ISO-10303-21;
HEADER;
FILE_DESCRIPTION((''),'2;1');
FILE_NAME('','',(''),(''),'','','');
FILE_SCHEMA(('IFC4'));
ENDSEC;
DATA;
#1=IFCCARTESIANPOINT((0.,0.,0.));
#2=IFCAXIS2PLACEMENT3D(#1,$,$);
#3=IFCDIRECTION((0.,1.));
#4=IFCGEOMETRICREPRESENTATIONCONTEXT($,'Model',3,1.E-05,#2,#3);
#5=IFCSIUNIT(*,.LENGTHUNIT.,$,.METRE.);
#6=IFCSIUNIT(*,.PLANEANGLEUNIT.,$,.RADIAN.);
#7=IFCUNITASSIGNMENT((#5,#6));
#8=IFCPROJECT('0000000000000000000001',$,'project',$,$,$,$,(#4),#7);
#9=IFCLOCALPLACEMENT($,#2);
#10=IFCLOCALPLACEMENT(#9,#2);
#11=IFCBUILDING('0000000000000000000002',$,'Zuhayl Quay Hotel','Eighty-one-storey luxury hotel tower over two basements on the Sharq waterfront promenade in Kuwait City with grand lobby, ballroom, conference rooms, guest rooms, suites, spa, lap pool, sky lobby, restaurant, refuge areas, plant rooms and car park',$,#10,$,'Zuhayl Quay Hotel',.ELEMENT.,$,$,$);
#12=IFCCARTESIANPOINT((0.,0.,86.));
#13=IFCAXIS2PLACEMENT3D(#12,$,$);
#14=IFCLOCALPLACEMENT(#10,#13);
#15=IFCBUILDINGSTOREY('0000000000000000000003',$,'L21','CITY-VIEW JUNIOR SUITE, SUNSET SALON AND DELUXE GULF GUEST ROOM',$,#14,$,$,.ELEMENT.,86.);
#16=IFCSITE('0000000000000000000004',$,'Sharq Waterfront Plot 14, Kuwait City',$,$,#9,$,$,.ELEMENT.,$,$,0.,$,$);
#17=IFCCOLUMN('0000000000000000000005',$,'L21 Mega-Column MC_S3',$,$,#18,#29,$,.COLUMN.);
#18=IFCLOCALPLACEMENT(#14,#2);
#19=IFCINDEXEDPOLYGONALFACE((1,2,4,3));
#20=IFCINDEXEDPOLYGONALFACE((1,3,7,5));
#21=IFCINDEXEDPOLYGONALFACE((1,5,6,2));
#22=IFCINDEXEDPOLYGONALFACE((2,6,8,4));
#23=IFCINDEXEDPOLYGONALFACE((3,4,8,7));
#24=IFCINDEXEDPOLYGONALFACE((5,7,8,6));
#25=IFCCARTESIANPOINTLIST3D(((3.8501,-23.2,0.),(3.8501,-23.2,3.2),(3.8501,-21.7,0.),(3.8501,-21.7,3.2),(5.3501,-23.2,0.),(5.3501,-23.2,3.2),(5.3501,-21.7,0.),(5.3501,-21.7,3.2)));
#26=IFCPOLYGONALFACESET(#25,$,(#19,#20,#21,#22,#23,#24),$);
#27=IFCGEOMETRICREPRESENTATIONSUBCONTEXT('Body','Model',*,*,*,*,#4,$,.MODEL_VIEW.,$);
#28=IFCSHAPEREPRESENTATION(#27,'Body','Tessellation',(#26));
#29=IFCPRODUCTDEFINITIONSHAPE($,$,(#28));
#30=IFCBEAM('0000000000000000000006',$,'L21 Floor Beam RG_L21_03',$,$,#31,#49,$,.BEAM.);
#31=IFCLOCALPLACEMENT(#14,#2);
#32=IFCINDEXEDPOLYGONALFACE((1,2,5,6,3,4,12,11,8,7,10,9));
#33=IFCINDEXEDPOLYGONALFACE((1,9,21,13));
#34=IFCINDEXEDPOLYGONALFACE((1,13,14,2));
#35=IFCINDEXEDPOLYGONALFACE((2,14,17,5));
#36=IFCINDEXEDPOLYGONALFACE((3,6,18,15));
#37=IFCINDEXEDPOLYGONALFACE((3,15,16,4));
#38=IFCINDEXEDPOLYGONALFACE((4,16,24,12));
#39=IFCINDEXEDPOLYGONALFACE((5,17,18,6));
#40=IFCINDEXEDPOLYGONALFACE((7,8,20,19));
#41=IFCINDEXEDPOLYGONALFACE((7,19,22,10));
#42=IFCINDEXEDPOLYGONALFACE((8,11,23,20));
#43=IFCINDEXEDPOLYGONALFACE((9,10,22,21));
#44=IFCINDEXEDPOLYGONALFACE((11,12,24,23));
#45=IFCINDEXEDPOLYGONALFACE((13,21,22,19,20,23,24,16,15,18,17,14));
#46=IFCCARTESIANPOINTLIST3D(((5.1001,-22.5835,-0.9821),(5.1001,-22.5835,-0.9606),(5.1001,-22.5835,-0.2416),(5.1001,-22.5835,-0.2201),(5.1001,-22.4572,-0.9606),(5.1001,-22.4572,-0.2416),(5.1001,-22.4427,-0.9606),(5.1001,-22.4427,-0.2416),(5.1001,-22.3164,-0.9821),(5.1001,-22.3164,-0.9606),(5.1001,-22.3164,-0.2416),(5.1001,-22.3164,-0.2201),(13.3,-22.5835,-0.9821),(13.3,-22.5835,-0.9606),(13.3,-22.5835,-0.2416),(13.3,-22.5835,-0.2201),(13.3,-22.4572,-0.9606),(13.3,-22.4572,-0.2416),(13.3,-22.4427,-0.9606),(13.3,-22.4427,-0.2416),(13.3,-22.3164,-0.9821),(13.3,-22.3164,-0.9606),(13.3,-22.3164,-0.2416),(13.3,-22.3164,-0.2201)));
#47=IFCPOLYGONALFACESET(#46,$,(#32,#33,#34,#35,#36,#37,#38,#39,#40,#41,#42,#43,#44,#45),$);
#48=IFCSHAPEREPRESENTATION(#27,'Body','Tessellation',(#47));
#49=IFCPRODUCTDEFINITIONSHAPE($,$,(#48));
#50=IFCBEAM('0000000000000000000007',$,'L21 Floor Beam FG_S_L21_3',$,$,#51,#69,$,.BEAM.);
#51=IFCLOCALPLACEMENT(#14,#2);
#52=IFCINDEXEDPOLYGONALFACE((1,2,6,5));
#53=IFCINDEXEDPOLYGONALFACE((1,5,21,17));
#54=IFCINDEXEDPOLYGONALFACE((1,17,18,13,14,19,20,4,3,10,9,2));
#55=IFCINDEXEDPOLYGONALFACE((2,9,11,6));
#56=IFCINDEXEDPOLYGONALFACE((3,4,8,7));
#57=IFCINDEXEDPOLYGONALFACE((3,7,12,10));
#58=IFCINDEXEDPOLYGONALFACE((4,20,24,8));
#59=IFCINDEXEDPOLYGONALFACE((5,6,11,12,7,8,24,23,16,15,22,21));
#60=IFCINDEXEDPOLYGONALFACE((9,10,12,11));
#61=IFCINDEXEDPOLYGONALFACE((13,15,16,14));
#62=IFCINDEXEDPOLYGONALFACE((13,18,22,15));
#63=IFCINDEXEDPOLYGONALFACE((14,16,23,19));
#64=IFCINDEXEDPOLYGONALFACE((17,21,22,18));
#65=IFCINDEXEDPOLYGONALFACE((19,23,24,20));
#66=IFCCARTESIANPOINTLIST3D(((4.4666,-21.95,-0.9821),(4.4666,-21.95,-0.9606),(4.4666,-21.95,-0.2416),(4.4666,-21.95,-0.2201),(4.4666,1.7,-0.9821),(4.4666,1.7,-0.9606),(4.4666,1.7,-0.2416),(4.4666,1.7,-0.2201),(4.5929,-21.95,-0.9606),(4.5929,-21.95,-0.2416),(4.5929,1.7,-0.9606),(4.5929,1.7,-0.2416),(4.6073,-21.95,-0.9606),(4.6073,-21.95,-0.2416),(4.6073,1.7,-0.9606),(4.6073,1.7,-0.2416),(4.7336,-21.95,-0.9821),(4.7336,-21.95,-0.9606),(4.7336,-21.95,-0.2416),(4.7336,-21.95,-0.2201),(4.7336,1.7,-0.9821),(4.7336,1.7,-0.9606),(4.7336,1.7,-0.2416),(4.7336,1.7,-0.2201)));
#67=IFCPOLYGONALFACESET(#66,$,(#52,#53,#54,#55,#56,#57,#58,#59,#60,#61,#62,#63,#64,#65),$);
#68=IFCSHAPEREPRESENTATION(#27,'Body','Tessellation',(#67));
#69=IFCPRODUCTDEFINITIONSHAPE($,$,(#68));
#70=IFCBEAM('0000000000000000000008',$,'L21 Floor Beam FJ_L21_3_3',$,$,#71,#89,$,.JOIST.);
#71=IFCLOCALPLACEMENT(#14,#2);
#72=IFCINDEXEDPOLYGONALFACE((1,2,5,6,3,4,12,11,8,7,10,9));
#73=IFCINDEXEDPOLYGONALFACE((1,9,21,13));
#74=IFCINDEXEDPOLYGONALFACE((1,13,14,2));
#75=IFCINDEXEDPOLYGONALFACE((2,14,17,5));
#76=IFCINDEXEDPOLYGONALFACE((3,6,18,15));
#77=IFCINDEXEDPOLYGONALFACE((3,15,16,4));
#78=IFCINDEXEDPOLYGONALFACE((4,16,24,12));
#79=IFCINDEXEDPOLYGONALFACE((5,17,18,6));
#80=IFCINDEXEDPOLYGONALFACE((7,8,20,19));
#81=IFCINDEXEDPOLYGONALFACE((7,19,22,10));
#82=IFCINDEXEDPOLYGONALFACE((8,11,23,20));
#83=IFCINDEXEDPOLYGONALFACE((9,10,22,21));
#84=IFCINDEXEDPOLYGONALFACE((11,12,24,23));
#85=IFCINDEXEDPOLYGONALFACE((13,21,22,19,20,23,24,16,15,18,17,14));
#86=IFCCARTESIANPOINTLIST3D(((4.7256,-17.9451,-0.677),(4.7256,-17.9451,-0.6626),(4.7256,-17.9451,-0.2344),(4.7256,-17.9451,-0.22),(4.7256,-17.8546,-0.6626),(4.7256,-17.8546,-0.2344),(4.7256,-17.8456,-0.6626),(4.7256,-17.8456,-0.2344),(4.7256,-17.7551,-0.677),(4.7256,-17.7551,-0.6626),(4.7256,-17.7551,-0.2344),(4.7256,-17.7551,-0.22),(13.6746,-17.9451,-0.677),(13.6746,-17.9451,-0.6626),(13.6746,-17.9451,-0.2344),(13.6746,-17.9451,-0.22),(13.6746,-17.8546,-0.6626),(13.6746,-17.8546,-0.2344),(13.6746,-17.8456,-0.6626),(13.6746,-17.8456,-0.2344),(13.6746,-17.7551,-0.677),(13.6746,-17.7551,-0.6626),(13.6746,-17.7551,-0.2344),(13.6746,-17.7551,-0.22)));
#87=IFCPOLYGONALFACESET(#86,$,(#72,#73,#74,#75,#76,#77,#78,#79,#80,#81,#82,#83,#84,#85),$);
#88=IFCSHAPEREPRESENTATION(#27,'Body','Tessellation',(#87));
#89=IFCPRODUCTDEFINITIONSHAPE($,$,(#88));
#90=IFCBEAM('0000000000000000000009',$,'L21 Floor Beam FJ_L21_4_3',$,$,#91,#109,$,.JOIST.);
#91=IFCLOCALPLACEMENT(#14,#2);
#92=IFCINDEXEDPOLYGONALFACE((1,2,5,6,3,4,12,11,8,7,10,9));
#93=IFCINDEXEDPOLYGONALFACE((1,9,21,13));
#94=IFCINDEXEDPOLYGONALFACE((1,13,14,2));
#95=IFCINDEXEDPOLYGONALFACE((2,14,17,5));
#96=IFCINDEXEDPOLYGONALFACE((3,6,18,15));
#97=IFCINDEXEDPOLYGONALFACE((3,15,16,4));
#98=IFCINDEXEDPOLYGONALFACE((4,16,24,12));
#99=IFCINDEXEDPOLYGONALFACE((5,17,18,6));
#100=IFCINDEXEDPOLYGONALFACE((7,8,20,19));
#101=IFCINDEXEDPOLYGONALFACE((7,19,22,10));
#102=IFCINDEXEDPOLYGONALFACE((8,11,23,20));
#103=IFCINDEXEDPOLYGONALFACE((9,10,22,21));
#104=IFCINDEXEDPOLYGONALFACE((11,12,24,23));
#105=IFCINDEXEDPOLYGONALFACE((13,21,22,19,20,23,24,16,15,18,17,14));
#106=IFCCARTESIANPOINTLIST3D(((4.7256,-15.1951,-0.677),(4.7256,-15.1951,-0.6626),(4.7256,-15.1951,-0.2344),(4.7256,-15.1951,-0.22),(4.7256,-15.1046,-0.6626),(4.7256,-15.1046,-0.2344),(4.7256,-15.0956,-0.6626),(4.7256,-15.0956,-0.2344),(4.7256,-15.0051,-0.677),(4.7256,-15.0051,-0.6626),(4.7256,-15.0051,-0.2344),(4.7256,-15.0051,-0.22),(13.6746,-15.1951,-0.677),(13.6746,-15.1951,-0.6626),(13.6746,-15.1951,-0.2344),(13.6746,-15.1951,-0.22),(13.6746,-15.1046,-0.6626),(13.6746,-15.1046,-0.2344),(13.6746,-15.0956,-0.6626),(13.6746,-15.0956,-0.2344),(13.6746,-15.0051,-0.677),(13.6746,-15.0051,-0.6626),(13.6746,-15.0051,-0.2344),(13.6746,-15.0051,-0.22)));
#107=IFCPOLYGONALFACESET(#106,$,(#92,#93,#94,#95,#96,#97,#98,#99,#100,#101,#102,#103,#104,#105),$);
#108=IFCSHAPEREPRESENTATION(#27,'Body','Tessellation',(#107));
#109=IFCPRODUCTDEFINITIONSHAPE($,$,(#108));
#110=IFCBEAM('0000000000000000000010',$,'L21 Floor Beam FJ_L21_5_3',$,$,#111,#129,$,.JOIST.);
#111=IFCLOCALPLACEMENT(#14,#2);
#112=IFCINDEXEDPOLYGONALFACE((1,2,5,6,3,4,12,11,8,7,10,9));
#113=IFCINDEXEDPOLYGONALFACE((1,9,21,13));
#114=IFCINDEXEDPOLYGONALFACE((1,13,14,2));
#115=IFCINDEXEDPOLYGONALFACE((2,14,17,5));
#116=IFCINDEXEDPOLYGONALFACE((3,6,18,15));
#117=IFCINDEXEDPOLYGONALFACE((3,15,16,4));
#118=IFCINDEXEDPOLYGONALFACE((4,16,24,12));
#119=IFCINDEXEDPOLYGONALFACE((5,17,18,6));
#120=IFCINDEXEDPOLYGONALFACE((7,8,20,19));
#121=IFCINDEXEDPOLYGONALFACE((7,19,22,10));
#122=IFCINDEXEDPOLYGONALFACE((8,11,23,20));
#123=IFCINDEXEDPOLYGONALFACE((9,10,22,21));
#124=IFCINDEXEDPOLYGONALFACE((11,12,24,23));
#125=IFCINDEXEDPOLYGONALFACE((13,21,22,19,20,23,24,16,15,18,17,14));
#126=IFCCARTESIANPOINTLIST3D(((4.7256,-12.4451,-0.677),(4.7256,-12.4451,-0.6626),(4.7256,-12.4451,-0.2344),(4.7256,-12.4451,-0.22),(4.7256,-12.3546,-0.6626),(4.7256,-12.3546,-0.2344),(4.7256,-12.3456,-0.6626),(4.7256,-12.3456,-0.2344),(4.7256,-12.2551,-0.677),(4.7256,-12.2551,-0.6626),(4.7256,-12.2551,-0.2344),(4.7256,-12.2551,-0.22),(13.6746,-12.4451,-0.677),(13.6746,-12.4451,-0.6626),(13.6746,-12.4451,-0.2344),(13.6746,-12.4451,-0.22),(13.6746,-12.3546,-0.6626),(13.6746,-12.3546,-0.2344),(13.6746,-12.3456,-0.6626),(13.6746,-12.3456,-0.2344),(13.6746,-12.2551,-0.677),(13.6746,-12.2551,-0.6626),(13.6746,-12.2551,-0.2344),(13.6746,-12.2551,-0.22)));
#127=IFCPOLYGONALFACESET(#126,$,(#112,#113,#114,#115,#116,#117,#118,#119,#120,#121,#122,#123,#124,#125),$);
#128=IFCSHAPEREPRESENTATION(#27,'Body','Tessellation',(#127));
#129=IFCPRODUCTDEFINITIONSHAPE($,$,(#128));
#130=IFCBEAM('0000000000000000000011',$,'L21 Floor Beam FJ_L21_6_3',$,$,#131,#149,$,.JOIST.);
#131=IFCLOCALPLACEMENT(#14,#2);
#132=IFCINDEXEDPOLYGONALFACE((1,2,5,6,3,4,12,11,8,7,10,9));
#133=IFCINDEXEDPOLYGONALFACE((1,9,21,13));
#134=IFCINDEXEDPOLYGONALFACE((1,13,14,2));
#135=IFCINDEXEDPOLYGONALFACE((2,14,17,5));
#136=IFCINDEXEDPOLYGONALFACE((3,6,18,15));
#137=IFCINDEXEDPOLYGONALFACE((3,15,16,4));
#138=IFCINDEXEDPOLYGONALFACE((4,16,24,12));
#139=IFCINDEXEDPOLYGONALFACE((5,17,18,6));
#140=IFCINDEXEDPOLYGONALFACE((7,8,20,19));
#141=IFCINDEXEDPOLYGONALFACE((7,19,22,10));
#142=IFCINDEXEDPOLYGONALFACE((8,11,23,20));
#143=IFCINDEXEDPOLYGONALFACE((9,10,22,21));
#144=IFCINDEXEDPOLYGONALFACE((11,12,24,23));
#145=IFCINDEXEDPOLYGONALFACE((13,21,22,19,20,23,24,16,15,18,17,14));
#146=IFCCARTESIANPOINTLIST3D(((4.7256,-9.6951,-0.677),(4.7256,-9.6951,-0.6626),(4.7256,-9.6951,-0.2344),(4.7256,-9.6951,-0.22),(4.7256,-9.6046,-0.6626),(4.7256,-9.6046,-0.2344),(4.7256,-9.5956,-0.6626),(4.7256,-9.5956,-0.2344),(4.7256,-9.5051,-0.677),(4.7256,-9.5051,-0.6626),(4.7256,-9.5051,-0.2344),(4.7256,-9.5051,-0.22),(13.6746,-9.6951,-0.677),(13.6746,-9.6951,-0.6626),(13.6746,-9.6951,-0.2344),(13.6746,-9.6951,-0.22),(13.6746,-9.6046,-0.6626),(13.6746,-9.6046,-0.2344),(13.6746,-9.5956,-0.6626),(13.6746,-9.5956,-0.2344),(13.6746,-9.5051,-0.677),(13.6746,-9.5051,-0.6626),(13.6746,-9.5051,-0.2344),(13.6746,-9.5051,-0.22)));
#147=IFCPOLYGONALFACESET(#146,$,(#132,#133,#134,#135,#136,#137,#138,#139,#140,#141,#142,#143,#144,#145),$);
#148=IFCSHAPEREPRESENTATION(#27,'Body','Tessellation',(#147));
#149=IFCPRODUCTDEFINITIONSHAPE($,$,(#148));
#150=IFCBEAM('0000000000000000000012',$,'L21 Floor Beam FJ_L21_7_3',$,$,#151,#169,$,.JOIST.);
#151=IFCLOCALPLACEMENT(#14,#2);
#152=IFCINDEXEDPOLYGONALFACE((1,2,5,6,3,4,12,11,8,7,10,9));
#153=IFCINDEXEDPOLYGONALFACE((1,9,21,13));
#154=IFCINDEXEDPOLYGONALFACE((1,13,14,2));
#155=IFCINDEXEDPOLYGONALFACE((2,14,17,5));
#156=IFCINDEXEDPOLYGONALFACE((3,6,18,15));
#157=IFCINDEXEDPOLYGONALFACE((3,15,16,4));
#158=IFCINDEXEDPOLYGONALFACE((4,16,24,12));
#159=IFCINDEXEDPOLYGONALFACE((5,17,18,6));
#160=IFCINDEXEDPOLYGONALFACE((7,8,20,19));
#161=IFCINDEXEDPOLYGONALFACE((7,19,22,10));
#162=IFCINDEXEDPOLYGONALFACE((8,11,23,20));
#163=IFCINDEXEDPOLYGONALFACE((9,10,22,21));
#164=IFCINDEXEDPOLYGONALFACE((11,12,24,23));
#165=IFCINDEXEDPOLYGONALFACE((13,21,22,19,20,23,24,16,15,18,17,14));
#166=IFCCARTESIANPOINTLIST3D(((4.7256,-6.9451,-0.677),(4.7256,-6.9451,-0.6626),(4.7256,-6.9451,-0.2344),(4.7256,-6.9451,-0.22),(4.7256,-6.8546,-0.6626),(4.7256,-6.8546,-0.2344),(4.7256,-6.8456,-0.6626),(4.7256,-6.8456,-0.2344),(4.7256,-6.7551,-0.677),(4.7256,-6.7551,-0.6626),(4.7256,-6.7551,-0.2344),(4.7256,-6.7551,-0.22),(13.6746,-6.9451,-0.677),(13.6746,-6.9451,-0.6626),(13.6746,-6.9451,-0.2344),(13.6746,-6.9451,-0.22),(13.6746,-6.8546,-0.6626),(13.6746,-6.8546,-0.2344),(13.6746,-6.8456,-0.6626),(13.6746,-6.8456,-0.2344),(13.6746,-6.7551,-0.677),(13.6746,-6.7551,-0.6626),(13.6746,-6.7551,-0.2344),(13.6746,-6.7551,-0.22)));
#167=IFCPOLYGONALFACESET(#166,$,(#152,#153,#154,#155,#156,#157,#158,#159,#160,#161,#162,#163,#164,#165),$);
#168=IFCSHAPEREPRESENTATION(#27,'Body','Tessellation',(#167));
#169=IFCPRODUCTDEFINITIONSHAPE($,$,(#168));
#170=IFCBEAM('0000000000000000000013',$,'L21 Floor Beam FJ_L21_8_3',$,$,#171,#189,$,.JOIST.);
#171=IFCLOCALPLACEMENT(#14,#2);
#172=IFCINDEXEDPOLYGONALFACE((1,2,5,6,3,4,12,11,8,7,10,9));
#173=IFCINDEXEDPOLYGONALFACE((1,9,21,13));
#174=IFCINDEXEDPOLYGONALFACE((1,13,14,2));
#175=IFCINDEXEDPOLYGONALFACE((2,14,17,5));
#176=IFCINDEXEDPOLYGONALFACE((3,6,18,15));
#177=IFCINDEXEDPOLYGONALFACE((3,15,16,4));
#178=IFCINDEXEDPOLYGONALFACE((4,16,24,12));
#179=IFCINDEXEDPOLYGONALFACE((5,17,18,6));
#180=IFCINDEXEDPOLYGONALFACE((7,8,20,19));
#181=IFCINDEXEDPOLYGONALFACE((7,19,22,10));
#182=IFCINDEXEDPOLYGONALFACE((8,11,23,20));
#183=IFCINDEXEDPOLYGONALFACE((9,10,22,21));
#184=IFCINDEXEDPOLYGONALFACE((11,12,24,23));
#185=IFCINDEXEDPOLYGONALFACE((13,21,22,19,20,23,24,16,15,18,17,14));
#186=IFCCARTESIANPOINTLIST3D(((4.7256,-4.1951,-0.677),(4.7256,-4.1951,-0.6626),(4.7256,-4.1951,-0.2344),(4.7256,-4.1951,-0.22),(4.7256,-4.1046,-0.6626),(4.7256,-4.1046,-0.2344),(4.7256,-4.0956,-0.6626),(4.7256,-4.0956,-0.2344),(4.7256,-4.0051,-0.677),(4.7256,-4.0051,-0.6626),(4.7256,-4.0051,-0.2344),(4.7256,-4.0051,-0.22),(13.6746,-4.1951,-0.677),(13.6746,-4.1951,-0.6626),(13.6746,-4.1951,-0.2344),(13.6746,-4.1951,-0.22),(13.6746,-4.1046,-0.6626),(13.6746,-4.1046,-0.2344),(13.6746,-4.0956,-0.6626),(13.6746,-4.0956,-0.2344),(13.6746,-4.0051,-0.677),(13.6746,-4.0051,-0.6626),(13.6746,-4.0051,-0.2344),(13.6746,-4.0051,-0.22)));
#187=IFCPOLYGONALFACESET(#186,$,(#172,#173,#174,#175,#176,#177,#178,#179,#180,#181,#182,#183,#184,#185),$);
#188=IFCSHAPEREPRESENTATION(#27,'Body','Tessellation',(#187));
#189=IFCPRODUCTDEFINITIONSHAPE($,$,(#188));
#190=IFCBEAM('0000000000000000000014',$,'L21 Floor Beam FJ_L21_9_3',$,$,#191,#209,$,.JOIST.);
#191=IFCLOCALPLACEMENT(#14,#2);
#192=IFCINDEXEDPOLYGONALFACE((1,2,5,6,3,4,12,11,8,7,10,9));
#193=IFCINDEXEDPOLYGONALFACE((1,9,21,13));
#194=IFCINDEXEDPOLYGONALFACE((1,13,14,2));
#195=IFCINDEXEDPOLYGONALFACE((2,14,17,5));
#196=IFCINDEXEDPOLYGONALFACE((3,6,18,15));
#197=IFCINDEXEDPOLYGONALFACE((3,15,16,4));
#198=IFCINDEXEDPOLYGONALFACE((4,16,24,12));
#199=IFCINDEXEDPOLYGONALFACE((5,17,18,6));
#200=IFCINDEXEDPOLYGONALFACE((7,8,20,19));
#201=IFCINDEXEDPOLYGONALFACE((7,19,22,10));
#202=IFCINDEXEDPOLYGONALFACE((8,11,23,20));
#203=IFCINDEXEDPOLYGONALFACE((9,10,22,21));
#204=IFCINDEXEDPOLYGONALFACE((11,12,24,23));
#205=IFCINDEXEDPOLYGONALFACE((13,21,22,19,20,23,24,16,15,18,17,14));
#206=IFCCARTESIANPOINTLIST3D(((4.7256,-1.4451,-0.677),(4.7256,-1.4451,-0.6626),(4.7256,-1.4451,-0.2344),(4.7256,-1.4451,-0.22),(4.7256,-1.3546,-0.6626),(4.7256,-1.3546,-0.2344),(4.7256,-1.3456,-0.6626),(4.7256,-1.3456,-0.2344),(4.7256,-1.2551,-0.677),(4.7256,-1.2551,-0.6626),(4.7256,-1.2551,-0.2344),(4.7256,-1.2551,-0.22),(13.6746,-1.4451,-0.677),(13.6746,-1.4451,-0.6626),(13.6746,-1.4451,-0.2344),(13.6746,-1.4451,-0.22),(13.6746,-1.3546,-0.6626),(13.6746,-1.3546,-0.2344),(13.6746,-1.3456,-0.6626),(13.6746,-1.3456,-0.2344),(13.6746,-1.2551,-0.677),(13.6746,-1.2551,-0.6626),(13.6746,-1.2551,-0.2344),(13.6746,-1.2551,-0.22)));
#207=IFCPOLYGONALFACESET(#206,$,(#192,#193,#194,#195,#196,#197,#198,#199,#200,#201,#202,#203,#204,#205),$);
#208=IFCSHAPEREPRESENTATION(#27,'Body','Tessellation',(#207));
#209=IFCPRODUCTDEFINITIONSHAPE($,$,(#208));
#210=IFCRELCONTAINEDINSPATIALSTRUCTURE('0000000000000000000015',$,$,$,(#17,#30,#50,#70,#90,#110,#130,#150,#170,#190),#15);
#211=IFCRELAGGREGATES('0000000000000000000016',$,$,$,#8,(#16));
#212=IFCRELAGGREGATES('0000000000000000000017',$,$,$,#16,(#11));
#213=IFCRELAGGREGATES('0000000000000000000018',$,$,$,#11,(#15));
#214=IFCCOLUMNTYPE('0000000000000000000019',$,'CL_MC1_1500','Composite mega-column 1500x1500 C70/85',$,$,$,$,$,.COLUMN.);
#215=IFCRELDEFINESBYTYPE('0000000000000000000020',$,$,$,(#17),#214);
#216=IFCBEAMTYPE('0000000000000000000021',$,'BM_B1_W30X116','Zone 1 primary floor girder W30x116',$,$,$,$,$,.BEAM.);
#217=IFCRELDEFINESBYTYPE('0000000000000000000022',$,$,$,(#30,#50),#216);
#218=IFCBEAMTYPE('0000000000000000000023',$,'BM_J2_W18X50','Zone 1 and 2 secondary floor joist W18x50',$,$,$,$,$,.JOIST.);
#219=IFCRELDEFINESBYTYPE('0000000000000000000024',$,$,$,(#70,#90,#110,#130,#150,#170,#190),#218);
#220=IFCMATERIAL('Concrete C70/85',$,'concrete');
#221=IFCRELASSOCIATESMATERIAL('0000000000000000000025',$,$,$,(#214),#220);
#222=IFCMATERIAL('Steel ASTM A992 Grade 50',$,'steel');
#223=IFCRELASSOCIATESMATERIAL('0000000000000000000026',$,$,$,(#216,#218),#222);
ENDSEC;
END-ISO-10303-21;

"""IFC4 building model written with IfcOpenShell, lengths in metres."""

from ifc_helpers import new_model, si_unit, direction, frame, origin, origin_2d, place, context, subcontext, project, spatial, rectangle, i_section, extrude, material, material_profile, profile_set, type_object, element, save


model = new_model("IFC4")

# Units and contexts
model_context = context("Model", 3, precision=1e-05, world=origin(), true_north=direction((0.0, 1.0)))
body_context = subcontext(model_context, "Body", "Model", "MODEL_VIEW")
ifc_project = project(units=[si_unit("LENGTHUNIT", "METRE"), si_unit("PLANEANGLEUNIT", "RADIAN")], contexts=[model_context])

# Site, building, storey
site_placement = place(None, origin())
site = spatial("IfcSite", under=ifc_project, at=site_placement, Name="Sharq Waterfront Plot 14, Kuwait City", CompositionType="ELEMENT", RefElevation=0.0)
building_placement = place(site_placement, origin())
building = spatial("IfcBuilding", under=site, at=building_placement, Name="Zuhayl Quay Hotel", Description="Eighty-one-storey luxury hotel tower over two basements on the Sharq waterfront promenade in Kuwait City with grand lobby, ballroom, conference rooms, guest rooms, suites, spa, lap pool, sky lobby, restaurant, refuge areas, plant rooms and car park", LongName="Zuhayl Quay Hotel", CompositionType="ELEMENT")
storey_placement = place(building_placement, frame((0.0, 0.0, 86.0)))
storey = spatial("IfcBuildingStorey", under=building, at=storey_placement, Name="L21", Description="CITY-VIEW JUNIOR SUITE, SUNSET SALON AND DELUXE GULF GUEST ROOM", CompositionType="ELEMENT", Elevation=86.0)

# Column
ifc_material_1 = material(Name="Concrete C70/85", Category="concrete")
ifc_material_profile_1 = material_profile(ifc_material_1, rectangle(XDim=1.5, YDim=1.5, at=origin_2d()), Name="RC1500X1500")
ifc_profile_set_1 = profile_set([ifc_material_profile_1], Name="Concrete C70/85")
column_type = type_object("IfcColumnType", Name="CL_MC1_1500", Description="Composite mega-column 1500x1500 C70/85", PredefinedType="COLUMN", material=ifc_profile_set_1)
column_placement = place(storey_placement, frame((4.6001, -22.45, 0.0), z_axis=(0.0, 0.0, 1.0), x_axis=(1.0, 0.0, 0.0)))
element("IfcColumn", 1, at=column_placement, inside=storey, type_object=column_type, Name="L21 Mega-Column MC_S3", PredefinedType="COLUMN", context=body_context, shape_type="SweptSolid", body=[
    extrude(rectangle(XDim=1.5, YDim=1.5, at=origin_2d()), origin(), (0.0, 0.0, 1.0), 3.2),
])

# Beams
ifc_material_2 = material(Name="Steel ASTM A992 Grade 50", Category="steel")
ifc_material_profile_2 = material_profile(ifc_material_2, i_section(OverallWidth=0.2671, OverallDepth=0.762, WebThickness=0.0144, FlangeThickness=0.0215, at=origin_2d()), Name="W30X116")
ifc_profile_set_2 = profile_set([ifc_material_profile_2], Name="Steel ASTM A992 Grade 50")
beam_type_1 = type_object("IfcBeamType", Name="BM_B1_W30X116", Description="Zone 1 primary floor girder W30x116", PredefinedType="BEAM", material=ifc_profile_set_2)
beam_1_placement = place(storey_placement, frame((5.1001, -22.45, -0.6011), z_axis=(1.0, 0.0, 0.0), x_axis=(0.0, 1.0, 0.0)))
element("IfcBeam", 2, at=beam_1_placement, inside=storey, type_object=beam_type_1, Name="L21 Floor Beam RG_L21_03", PredefinedType="BEAM", context=body_context, shape_type="SweptSolid", body=[
    extrude(i_section(OverallWidth=0.2671, OverallDepth=0.762, WebThickness=0.0144, FlangeThickness=0.0215, at=origin_2d()), origin(), (0.0, 0.0, 1.0), 8.2),
])
beam_2_placement = place(storey_placement, frame((4.6001, -21.95, -0.6011), z_axis=(0.0, 1.0, 0.0), x_axis=(-1.0, 0.0, 0.0)))
element("IfcBeam", 3, at=beam_2_placement, inside=storey, type_object=beam_type_1, Name="L21 Floor Beam FG_S_L21_3", PredefinedType="BEAM", context=body_context, shape_type="SweptSolid", body=[
    extrude(i_section(OverallWidth=0.2671, OverallDepth=0.762, WebThickness=0.0144, FlangeThickness=0.0215, at=origin_2d()), origin(), (0.0, 0.0, 1.0), 23.6499),
])
ifc_material_profile_3 = material_profile(ifc_material_2, i_section(OverallWidth=0.1899, OverallDepth=0.457, WebThickness=0.009, FlangeThickness=0.0144, at=origin_2d()), Name="W18X50")
ifc_profile_set_3 = profile_set([ifc_material_profile_3], Name="Steel ASTM A992 Grade 50")
beam_type_2 = type_object("IfcBeamType", Name="BM_J2_W18X50", Description="Zone 1 and 2 secondary floor joist W18x50", PredefinedType="JOIST", material=ifc_profile_set_3)
for number, where, z_axis, x_axis, name in (
    (4, (4.7256, -17.8501, -0.4485), (1.0, 0.0, 0.0), (0.0, 1.0, 0.0), "L21 Floor Beam FJ_L21_3_3"),
    (5, (4.7256, -15.1001, -0.4485), (1.0, 0.0, 0.0), (0.0, 1.0, 0.0), "L21 Floor Beam FJ_L21_4_3"),
    (6, (4.7256, -12.3501, -0.4485), (1.0, 0.0, 0.0), (0.0, 1.0, 0.0), "L21 Floor Beam FJ_L21_5_3"),
    (7, (4.7256, -9.6001, -0.4485), (1.0, 0.0, 0.0), (0.0, 1.0, 0.0), "L21 Floor Beam FJ_L21_6_3"),
    (8, (4.7256, -6.8501, -0.4485), (1.0, 0.0, 0.0), (0.0, 1.0, 0.0), "L21 Floor Beam FJ_L21_7_3"),
    (9, (4.7256, -4.1001, -0.4485), (1.0, 0.0, 0.0), (0.0, 1.0, 0.0), "L21 Floor Beam FJ_L21_8_3"),
    (10, (4.7256, -1.3501, -0.4485), (1.0, 0.0, 0.0), (0.0, 1.0, 0.0), "L21 Floor Beam FJ_L21_9_3"),
):
    element("IfcBeam", number, at=place(storey_placement, frame(where, z_axis=z_axis, x_axis=x_axis)), inside=storey, type_object=beam_type_2, Name=name, PredefinedType="JOIST", context=body_context, shape_type="SweptSolid", body=[
        extrude(i_section(OverallWidth=0.1899, OverallDepth=0.457, WebThickness=0.009, FlangeThickness=0.0144, at=origin_2d()), origin(), (0.0, 0.0, 1.0), 8.949),
    ])

save(model, "model.ifc")
